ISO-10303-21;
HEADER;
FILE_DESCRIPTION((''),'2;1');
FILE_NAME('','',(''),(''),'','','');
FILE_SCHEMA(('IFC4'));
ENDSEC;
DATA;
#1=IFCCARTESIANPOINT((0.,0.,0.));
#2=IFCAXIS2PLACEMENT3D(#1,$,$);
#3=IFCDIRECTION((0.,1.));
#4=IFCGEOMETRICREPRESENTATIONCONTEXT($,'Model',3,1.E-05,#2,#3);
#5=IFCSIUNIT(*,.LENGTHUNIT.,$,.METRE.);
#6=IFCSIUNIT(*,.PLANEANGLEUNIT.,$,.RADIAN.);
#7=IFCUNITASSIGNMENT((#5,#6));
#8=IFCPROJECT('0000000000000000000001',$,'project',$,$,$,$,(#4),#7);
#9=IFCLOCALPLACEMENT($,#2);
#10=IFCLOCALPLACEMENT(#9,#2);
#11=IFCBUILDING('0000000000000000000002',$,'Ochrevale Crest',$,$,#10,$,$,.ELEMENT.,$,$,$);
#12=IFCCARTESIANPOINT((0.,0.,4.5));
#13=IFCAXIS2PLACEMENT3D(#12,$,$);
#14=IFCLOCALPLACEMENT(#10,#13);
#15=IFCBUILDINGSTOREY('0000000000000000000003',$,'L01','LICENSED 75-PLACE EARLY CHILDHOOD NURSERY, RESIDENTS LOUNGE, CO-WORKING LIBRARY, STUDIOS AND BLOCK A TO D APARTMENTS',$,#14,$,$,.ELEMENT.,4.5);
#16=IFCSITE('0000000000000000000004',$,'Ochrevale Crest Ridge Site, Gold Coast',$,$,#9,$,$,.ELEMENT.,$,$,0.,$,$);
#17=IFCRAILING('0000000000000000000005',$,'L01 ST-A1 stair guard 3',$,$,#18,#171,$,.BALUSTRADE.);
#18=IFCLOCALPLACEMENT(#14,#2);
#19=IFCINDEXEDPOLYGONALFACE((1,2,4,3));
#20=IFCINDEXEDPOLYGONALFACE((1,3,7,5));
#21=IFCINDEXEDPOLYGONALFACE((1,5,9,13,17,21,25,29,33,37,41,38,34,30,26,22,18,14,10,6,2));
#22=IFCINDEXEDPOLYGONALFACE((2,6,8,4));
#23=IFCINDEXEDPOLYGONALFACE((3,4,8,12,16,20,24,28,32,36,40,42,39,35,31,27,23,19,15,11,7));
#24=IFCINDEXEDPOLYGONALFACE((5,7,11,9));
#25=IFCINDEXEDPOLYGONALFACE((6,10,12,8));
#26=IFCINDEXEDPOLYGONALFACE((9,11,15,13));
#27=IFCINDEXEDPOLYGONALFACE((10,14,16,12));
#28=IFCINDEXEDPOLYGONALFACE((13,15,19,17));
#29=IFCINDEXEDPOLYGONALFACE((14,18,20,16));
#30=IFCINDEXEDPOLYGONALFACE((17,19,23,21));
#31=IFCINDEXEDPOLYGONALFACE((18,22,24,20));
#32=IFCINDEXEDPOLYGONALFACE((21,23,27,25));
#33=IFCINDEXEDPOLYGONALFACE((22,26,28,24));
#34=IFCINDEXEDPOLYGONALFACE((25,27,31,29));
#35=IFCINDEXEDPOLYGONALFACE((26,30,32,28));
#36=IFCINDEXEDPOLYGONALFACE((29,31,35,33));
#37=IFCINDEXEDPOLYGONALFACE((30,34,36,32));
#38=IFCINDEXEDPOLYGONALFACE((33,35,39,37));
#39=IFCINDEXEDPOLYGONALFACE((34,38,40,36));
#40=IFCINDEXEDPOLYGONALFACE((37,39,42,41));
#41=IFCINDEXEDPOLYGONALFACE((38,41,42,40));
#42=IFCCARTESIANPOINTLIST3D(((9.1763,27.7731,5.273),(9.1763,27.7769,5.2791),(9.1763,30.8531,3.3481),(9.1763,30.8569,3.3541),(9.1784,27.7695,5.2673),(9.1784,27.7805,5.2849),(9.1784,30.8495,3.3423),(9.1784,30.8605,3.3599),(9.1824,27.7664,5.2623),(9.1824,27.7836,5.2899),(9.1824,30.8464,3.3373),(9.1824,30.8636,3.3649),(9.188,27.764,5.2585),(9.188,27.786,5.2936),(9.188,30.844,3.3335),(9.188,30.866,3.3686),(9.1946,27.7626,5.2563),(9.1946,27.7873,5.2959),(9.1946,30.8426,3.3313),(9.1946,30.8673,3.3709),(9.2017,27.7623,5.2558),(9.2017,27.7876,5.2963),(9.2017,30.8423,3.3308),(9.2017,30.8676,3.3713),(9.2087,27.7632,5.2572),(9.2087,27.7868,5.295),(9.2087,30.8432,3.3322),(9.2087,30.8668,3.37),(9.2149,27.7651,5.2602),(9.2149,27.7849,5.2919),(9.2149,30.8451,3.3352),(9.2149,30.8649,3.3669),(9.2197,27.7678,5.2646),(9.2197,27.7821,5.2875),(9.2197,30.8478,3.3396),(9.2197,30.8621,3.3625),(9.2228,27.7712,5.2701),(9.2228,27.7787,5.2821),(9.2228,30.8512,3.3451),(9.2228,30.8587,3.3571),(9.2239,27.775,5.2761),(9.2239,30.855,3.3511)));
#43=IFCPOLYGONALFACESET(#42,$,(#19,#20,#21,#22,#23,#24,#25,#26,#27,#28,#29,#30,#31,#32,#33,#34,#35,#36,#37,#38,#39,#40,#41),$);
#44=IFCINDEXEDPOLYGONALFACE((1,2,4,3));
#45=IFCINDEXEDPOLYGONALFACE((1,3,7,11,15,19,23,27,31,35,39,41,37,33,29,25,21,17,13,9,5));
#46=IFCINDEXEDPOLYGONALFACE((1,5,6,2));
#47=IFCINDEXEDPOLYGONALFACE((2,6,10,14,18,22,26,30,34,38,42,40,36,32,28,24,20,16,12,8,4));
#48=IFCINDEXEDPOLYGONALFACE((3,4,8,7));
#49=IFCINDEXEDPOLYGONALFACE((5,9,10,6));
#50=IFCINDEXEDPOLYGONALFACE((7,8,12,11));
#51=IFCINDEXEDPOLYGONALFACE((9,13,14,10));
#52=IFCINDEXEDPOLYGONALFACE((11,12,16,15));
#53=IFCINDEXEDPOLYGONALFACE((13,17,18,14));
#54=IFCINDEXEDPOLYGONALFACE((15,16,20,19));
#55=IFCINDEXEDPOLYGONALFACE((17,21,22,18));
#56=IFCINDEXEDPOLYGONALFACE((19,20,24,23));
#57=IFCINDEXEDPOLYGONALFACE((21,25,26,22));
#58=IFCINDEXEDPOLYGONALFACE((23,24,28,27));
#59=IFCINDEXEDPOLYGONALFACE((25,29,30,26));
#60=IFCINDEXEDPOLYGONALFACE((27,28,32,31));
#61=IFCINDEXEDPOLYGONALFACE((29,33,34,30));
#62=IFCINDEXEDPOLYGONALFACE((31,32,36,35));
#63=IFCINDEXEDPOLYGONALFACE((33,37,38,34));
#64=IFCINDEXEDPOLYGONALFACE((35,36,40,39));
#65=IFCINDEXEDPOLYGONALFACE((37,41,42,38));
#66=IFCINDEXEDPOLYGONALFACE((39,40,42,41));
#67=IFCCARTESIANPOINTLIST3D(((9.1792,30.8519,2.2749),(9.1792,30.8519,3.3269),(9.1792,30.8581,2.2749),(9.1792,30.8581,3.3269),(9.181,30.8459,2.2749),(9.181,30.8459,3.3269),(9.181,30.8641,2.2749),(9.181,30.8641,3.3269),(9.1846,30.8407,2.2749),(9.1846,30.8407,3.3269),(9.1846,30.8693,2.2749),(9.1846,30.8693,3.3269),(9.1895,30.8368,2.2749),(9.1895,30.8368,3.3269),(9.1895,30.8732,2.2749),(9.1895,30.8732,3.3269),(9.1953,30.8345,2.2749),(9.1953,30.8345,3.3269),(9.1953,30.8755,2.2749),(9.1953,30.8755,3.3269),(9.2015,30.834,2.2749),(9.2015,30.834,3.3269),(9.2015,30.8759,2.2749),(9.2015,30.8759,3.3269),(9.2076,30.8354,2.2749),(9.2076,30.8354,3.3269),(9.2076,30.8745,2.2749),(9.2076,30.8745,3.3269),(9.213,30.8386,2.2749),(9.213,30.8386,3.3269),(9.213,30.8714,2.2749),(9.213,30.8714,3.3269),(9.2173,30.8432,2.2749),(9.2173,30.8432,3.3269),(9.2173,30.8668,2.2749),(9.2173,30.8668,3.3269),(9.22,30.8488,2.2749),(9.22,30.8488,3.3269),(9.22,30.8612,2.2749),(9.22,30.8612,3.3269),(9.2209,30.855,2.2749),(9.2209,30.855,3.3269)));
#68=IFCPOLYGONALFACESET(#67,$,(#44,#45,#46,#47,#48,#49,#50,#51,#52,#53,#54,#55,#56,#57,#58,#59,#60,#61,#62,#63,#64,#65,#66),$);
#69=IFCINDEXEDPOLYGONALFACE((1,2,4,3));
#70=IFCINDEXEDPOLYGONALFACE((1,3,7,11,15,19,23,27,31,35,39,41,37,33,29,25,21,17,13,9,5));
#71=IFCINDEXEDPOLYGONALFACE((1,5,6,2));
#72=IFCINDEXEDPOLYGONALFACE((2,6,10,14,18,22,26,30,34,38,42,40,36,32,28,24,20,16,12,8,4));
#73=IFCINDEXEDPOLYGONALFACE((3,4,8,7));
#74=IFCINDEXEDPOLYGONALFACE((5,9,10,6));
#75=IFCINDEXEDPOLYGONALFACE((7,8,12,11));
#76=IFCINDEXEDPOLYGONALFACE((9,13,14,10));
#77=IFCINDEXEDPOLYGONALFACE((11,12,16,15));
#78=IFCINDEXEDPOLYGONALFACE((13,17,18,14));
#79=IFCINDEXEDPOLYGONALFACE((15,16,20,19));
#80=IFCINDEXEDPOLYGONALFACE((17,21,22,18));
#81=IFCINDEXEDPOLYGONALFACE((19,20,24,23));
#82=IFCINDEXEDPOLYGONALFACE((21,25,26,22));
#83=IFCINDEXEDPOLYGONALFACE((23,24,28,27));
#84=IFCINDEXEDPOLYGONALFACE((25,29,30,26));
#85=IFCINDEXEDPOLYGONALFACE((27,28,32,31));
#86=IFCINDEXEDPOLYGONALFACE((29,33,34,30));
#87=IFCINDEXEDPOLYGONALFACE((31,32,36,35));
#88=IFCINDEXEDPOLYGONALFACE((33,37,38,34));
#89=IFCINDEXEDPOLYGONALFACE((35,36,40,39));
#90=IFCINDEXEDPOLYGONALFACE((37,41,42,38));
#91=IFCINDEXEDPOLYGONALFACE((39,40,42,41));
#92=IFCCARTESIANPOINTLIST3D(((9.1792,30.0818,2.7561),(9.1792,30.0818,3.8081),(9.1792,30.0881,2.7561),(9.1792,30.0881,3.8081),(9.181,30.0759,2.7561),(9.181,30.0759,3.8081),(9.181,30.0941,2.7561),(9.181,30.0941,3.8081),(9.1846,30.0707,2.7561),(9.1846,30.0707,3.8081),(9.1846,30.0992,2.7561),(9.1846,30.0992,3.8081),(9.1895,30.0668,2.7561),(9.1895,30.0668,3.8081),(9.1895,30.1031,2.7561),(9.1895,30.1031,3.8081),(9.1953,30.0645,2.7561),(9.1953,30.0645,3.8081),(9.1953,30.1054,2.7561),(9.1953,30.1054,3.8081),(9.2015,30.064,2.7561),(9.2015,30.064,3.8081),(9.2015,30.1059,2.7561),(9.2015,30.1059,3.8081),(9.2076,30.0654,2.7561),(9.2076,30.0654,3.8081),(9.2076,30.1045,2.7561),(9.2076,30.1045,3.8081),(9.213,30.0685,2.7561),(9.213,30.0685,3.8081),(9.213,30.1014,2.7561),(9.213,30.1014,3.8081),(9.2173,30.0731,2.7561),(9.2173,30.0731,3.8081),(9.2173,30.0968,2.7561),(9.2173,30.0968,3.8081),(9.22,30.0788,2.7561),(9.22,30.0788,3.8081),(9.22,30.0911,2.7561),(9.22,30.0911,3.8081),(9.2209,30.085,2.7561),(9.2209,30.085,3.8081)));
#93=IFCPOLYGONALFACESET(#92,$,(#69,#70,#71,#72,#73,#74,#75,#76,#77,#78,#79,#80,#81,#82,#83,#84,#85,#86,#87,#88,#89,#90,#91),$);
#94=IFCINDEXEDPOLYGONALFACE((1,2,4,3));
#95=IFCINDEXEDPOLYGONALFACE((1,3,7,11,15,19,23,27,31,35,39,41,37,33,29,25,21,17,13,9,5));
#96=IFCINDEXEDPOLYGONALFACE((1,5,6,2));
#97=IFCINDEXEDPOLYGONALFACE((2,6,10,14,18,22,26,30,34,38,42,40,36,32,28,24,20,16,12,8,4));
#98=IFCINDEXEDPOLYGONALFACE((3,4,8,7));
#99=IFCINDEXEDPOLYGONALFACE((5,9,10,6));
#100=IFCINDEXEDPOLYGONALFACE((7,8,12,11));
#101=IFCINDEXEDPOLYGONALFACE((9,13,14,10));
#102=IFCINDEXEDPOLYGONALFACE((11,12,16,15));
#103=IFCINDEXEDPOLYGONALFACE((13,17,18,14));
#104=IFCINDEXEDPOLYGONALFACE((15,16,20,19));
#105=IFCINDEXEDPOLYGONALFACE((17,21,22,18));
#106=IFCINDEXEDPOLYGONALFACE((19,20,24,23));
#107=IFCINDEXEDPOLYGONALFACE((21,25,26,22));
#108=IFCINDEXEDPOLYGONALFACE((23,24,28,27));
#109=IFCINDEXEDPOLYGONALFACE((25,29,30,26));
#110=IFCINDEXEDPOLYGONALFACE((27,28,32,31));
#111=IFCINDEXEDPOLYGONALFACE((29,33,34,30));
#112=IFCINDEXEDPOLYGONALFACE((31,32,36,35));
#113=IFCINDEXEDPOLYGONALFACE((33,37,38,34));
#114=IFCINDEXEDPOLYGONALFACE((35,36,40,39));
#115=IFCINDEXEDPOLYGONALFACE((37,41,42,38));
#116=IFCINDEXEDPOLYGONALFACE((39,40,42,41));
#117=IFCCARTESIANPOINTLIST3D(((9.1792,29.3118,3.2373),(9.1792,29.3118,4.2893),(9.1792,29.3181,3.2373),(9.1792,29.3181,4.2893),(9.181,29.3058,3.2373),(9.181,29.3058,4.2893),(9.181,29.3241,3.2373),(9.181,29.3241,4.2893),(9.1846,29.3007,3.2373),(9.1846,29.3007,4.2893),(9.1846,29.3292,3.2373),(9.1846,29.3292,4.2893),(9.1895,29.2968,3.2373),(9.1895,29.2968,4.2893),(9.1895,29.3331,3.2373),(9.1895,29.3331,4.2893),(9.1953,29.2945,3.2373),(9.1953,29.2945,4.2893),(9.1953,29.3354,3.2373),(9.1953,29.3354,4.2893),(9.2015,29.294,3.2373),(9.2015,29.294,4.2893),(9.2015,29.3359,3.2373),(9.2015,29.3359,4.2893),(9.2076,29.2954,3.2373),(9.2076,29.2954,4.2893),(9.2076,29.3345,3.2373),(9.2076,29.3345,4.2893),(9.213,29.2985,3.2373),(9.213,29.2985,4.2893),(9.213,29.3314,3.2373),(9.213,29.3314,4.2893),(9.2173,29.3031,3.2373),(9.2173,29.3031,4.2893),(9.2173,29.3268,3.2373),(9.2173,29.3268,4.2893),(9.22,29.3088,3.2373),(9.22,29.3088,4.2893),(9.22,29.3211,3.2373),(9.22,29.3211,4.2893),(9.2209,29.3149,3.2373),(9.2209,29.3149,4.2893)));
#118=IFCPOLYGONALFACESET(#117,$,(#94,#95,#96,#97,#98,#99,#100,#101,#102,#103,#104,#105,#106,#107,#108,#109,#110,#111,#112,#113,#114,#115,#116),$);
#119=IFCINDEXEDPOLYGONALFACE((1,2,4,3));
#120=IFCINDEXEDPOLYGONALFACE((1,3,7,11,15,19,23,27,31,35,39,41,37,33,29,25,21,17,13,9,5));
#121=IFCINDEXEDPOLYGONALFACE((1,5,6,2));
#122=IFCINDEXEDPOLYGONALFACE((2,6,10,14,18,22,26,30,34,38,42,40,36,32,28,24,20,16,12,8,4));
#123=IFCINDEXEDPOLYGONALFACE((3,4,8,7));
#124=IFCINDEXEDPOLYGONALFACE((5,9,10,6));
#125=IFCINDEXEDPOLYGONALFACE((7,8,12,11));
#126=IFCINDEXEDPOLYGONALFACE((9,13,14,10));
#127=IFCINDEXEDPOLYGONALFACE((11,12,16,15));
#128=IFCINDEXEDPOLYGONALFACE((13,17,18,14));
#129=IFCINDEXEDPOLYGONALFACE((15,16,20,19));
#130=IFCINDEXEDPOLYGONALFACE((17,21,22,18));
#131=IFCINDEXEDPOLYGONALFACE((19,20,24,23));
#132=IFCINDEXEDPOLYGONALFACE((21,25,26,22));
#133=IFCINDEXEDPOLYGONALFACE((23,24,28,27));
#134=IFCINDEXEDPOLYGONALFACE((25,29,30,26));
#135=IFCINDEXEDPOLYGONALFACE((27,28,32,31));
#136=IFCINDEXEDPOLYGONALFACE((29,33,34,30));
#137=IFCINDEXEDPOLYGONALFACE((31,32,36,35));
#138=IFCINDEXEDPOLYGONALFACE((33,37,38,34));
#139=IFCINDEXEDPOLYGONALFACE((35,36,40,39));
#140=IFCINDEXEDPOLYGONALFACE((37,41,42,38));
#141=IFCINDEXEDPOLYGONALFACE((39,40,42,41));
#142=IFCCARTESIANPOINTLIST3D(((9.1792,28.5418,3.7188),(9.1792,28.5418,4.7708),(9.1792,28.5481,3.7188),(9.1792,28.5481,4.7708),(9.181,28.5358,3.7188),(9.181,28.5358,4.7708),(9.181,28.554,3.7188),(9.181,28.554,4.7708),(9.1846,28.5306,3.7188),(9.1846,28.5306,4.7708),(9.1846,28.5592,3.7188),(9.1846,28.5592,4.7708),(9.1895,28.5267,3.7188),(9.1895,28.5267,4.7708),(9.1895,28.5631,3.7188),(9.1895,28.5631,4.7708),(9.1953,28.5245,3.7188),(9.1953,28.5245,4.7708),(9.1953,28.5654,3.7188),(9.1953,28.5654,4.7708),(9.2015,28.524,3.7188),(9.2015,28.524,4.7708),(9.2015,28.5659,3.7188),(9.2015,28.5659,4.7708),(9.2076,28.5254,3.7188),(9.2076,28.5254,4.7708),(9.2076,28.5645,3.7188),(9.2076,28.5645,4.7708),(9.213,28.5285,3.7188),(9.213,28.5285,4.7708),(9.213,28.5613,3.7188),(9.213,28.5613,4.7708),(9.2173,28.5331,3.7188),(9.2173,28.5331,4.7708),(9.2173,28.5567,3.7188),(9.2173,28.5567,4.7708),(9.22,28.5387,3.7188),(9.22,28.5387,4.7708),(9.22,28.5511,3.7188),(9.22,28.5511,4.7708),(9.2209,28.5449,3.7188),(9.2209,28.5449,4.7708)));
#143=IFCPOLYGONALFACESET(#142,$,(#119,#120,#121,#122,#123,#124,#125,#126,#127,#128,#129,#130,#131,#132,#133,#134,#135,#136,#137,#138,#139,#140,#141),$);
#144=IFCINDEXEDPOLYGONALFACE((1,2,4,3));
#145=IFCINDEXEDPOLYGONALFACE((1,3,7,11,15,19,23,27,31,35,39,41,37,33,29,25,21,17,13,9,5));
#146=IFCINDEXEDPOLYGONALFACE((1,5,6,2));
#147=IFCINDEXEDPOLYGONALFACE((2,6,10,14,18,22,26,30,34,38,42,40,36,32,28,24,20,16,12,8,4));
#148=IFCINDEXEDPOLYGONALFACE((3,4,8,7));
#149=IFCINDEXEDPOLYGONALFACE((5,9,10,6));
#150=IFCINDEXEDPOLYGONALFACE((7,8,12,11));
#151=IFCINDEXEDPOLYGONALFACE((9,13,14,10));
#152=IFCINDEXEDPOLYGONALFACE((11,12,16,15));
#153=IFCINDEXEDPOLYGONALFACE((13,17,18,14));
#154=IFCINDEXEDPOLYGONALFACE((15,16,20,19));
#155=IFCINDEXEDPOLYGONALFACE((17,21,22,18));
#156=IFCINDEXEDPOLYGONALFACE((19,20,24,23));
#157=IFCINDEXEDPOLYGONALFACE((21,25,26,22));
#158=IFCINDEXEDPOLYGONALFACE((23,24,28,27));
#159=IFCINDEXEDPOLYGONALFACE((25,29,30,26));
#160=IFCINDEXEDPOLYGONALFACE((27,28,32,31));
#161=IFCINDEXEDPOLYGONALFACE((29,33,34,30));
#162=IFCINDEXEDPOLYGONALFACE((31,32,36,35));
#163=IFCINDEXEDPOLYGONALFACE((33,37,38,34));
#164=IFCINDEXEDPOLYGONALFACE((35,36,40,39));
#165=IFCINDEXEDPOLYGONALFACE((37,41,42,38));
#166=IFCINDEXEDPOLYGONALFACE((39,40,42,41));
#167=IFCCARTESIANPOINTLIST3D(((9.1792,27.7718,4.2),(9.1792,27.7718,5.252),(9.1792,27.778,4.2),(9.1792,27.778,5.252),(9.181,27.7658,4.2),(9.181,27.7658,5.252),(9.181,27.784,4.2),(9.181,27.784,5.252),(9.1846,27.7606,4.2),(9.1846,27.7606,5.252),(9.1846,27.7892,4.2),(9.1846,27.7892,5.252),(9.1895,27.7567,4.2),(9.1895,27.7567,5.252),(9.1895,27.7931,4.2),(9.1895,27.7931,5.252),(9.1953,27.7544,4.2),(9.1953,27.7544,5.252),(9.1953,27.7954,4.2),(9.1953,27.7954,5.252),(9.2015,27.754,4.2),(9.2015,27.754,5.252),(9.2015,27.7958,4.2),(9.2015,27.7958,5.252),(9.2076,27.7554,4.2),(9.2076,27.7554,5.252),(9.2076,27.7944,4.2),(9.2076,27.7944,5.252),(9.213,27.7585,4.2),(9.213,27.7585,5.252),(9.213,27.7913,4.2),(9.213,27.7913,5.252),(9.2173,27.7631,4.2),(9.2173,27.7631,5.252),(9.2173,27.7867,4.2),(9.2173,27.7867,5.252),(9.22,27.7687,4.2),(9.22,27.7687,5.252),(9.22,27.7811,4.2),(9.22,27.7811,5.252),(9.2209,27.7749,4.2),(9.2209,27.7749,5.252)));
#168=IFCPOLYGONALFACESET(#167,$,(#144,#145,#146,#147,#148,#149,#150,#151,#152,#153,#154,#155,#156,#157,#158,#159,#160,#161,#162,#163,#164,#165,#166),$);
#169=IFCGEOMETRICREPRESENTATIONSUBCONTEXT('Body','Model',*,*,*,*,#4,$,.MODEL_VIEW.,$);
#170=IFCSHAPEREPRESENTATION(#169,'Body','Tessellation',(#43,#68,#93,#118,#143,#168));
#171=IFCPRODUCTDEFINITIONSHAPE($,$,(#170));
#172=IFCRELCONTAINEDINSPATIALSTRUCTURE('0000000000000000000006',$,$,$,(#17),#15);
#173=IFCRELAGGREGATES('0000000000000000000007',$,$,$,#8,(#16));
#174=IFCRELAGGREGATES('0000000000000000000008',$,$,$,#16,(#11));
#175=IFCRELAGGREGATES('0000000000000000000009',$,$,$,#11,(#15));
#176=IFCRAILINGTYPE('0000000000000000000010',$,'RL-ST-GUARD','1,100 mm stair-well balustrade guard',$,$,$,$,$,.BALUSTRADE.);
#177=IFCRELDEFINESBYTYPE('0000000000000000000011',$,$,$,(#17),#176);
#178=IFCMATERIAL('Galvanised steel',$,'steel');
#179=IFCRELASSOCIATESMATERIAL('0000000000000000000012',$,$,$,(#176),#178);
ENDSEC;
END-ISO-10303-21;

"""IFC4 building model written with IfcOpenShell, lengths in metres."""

from ifc_helpers import new_model, si_unit, direction, frame, origin, origin_2d, place, context, subcontext, project, spatial, circle, extrude, material, type_object, element, save


model = new_model("IFC4")

# Units and contexts
model_context = context("Model", 3, precision=1e-05, world=origin(), true_north=direction((0.0, 1.0)))
body_context = subcontext(model_context, "Body", "Model", "MODEL_VIEW")
ifc_project = project(units=[si_unit("LENGTHUNIT", "METRE"), si_unit("PLANEANGLEUNIT", "RADIAN")], contexts=[model_context])

# Site, building, storey
site_placement = place(None, origin())
site = spatial("IfcSite", under=ifc_project, at=site_placement, Name="Ochrevale Crest Ridge Site, Gold Coast", CompositionType="ELEMENT", RefElevation=0.0)
building_placement = place(site_placement, origin())
building = spatial("IfcBuilding", under=site, at=building_placement, Name="Ochrevale Crest", CompositionType="ELEMENT")
storey_placement = place(building_placement, frame((0.0, 0.0, 4.5)))
storey = spatial("IfcBuildingStorey", under=building, at=storey_placement, Name="L01", Description="LICENSED 75-PLACE EARLY CHILDHOOD NURSERY, RESIDENTS LOUNGE, CO-WORKING LIBRARY, STUDIOS AND BLOCK A TO D APARTMENTS", CompositionType="ELEMENT", Elevation=4.5)

# Railing
ifc_material_1 = material(Name="Galvanised steel", Category="steel")
railing_type_1 = type_object("IfcRailingType", Name="RL-ST-GUARD", Description="1,100 mm stair-well balustrade guard", PredefinedType="BALUSTRADE", material=ifc_material_1)
railing_1_placement = place(storey_placement, frame((9.2, 30.855, 2.2749)))
element("IfcRailing", 1, at=railing_1_placement, inside=storey, type_object=railing_type_1, Name="L01 ST-A1 stair guard 3", PredefinedType="BALUSTRADE", context=body_context, shape_type="SweptSolid", body=[
    extrude(circle(Radius=0.0239, at=origin_2d()), frame((0.0, 0.0, 1.0762), z_axis=(0.0, -0.847998, 0.529999), x_axis=(1.0, 0.0, 0.0)), (0.0, 0.0, 1.0), 3.6321),
    extrude(circle(Radius=0.021, at=origin_2d()), origin(), (0.0, 0.0, 1.0), 1.052),
    extrude(circle(Radius=0.021, at=origin_2d()), frame((0.0, -0.77, 0.4812)), (0.0, 0.0, 1.0), 1.052),
    extrude(circle(Radius=0.021, at=origin_2d()), frame((0.0, -1.54, 0.9624)), (0.0, 0.0, 1.0), 1.052),
    extrude(circle(Radius=0.021, at=origin_2d()), frame((0.0, -2.3101, 1.4438)), (0.0, 0.0, 1.0), 1.052),
    extrude(circle(Radius=0.021, at=origin_2d()), frame((0.0, -3.0801, 1.925)), (0.0, 0.0, 1.0), 1.052),
])

save(model, "model.ifc")
